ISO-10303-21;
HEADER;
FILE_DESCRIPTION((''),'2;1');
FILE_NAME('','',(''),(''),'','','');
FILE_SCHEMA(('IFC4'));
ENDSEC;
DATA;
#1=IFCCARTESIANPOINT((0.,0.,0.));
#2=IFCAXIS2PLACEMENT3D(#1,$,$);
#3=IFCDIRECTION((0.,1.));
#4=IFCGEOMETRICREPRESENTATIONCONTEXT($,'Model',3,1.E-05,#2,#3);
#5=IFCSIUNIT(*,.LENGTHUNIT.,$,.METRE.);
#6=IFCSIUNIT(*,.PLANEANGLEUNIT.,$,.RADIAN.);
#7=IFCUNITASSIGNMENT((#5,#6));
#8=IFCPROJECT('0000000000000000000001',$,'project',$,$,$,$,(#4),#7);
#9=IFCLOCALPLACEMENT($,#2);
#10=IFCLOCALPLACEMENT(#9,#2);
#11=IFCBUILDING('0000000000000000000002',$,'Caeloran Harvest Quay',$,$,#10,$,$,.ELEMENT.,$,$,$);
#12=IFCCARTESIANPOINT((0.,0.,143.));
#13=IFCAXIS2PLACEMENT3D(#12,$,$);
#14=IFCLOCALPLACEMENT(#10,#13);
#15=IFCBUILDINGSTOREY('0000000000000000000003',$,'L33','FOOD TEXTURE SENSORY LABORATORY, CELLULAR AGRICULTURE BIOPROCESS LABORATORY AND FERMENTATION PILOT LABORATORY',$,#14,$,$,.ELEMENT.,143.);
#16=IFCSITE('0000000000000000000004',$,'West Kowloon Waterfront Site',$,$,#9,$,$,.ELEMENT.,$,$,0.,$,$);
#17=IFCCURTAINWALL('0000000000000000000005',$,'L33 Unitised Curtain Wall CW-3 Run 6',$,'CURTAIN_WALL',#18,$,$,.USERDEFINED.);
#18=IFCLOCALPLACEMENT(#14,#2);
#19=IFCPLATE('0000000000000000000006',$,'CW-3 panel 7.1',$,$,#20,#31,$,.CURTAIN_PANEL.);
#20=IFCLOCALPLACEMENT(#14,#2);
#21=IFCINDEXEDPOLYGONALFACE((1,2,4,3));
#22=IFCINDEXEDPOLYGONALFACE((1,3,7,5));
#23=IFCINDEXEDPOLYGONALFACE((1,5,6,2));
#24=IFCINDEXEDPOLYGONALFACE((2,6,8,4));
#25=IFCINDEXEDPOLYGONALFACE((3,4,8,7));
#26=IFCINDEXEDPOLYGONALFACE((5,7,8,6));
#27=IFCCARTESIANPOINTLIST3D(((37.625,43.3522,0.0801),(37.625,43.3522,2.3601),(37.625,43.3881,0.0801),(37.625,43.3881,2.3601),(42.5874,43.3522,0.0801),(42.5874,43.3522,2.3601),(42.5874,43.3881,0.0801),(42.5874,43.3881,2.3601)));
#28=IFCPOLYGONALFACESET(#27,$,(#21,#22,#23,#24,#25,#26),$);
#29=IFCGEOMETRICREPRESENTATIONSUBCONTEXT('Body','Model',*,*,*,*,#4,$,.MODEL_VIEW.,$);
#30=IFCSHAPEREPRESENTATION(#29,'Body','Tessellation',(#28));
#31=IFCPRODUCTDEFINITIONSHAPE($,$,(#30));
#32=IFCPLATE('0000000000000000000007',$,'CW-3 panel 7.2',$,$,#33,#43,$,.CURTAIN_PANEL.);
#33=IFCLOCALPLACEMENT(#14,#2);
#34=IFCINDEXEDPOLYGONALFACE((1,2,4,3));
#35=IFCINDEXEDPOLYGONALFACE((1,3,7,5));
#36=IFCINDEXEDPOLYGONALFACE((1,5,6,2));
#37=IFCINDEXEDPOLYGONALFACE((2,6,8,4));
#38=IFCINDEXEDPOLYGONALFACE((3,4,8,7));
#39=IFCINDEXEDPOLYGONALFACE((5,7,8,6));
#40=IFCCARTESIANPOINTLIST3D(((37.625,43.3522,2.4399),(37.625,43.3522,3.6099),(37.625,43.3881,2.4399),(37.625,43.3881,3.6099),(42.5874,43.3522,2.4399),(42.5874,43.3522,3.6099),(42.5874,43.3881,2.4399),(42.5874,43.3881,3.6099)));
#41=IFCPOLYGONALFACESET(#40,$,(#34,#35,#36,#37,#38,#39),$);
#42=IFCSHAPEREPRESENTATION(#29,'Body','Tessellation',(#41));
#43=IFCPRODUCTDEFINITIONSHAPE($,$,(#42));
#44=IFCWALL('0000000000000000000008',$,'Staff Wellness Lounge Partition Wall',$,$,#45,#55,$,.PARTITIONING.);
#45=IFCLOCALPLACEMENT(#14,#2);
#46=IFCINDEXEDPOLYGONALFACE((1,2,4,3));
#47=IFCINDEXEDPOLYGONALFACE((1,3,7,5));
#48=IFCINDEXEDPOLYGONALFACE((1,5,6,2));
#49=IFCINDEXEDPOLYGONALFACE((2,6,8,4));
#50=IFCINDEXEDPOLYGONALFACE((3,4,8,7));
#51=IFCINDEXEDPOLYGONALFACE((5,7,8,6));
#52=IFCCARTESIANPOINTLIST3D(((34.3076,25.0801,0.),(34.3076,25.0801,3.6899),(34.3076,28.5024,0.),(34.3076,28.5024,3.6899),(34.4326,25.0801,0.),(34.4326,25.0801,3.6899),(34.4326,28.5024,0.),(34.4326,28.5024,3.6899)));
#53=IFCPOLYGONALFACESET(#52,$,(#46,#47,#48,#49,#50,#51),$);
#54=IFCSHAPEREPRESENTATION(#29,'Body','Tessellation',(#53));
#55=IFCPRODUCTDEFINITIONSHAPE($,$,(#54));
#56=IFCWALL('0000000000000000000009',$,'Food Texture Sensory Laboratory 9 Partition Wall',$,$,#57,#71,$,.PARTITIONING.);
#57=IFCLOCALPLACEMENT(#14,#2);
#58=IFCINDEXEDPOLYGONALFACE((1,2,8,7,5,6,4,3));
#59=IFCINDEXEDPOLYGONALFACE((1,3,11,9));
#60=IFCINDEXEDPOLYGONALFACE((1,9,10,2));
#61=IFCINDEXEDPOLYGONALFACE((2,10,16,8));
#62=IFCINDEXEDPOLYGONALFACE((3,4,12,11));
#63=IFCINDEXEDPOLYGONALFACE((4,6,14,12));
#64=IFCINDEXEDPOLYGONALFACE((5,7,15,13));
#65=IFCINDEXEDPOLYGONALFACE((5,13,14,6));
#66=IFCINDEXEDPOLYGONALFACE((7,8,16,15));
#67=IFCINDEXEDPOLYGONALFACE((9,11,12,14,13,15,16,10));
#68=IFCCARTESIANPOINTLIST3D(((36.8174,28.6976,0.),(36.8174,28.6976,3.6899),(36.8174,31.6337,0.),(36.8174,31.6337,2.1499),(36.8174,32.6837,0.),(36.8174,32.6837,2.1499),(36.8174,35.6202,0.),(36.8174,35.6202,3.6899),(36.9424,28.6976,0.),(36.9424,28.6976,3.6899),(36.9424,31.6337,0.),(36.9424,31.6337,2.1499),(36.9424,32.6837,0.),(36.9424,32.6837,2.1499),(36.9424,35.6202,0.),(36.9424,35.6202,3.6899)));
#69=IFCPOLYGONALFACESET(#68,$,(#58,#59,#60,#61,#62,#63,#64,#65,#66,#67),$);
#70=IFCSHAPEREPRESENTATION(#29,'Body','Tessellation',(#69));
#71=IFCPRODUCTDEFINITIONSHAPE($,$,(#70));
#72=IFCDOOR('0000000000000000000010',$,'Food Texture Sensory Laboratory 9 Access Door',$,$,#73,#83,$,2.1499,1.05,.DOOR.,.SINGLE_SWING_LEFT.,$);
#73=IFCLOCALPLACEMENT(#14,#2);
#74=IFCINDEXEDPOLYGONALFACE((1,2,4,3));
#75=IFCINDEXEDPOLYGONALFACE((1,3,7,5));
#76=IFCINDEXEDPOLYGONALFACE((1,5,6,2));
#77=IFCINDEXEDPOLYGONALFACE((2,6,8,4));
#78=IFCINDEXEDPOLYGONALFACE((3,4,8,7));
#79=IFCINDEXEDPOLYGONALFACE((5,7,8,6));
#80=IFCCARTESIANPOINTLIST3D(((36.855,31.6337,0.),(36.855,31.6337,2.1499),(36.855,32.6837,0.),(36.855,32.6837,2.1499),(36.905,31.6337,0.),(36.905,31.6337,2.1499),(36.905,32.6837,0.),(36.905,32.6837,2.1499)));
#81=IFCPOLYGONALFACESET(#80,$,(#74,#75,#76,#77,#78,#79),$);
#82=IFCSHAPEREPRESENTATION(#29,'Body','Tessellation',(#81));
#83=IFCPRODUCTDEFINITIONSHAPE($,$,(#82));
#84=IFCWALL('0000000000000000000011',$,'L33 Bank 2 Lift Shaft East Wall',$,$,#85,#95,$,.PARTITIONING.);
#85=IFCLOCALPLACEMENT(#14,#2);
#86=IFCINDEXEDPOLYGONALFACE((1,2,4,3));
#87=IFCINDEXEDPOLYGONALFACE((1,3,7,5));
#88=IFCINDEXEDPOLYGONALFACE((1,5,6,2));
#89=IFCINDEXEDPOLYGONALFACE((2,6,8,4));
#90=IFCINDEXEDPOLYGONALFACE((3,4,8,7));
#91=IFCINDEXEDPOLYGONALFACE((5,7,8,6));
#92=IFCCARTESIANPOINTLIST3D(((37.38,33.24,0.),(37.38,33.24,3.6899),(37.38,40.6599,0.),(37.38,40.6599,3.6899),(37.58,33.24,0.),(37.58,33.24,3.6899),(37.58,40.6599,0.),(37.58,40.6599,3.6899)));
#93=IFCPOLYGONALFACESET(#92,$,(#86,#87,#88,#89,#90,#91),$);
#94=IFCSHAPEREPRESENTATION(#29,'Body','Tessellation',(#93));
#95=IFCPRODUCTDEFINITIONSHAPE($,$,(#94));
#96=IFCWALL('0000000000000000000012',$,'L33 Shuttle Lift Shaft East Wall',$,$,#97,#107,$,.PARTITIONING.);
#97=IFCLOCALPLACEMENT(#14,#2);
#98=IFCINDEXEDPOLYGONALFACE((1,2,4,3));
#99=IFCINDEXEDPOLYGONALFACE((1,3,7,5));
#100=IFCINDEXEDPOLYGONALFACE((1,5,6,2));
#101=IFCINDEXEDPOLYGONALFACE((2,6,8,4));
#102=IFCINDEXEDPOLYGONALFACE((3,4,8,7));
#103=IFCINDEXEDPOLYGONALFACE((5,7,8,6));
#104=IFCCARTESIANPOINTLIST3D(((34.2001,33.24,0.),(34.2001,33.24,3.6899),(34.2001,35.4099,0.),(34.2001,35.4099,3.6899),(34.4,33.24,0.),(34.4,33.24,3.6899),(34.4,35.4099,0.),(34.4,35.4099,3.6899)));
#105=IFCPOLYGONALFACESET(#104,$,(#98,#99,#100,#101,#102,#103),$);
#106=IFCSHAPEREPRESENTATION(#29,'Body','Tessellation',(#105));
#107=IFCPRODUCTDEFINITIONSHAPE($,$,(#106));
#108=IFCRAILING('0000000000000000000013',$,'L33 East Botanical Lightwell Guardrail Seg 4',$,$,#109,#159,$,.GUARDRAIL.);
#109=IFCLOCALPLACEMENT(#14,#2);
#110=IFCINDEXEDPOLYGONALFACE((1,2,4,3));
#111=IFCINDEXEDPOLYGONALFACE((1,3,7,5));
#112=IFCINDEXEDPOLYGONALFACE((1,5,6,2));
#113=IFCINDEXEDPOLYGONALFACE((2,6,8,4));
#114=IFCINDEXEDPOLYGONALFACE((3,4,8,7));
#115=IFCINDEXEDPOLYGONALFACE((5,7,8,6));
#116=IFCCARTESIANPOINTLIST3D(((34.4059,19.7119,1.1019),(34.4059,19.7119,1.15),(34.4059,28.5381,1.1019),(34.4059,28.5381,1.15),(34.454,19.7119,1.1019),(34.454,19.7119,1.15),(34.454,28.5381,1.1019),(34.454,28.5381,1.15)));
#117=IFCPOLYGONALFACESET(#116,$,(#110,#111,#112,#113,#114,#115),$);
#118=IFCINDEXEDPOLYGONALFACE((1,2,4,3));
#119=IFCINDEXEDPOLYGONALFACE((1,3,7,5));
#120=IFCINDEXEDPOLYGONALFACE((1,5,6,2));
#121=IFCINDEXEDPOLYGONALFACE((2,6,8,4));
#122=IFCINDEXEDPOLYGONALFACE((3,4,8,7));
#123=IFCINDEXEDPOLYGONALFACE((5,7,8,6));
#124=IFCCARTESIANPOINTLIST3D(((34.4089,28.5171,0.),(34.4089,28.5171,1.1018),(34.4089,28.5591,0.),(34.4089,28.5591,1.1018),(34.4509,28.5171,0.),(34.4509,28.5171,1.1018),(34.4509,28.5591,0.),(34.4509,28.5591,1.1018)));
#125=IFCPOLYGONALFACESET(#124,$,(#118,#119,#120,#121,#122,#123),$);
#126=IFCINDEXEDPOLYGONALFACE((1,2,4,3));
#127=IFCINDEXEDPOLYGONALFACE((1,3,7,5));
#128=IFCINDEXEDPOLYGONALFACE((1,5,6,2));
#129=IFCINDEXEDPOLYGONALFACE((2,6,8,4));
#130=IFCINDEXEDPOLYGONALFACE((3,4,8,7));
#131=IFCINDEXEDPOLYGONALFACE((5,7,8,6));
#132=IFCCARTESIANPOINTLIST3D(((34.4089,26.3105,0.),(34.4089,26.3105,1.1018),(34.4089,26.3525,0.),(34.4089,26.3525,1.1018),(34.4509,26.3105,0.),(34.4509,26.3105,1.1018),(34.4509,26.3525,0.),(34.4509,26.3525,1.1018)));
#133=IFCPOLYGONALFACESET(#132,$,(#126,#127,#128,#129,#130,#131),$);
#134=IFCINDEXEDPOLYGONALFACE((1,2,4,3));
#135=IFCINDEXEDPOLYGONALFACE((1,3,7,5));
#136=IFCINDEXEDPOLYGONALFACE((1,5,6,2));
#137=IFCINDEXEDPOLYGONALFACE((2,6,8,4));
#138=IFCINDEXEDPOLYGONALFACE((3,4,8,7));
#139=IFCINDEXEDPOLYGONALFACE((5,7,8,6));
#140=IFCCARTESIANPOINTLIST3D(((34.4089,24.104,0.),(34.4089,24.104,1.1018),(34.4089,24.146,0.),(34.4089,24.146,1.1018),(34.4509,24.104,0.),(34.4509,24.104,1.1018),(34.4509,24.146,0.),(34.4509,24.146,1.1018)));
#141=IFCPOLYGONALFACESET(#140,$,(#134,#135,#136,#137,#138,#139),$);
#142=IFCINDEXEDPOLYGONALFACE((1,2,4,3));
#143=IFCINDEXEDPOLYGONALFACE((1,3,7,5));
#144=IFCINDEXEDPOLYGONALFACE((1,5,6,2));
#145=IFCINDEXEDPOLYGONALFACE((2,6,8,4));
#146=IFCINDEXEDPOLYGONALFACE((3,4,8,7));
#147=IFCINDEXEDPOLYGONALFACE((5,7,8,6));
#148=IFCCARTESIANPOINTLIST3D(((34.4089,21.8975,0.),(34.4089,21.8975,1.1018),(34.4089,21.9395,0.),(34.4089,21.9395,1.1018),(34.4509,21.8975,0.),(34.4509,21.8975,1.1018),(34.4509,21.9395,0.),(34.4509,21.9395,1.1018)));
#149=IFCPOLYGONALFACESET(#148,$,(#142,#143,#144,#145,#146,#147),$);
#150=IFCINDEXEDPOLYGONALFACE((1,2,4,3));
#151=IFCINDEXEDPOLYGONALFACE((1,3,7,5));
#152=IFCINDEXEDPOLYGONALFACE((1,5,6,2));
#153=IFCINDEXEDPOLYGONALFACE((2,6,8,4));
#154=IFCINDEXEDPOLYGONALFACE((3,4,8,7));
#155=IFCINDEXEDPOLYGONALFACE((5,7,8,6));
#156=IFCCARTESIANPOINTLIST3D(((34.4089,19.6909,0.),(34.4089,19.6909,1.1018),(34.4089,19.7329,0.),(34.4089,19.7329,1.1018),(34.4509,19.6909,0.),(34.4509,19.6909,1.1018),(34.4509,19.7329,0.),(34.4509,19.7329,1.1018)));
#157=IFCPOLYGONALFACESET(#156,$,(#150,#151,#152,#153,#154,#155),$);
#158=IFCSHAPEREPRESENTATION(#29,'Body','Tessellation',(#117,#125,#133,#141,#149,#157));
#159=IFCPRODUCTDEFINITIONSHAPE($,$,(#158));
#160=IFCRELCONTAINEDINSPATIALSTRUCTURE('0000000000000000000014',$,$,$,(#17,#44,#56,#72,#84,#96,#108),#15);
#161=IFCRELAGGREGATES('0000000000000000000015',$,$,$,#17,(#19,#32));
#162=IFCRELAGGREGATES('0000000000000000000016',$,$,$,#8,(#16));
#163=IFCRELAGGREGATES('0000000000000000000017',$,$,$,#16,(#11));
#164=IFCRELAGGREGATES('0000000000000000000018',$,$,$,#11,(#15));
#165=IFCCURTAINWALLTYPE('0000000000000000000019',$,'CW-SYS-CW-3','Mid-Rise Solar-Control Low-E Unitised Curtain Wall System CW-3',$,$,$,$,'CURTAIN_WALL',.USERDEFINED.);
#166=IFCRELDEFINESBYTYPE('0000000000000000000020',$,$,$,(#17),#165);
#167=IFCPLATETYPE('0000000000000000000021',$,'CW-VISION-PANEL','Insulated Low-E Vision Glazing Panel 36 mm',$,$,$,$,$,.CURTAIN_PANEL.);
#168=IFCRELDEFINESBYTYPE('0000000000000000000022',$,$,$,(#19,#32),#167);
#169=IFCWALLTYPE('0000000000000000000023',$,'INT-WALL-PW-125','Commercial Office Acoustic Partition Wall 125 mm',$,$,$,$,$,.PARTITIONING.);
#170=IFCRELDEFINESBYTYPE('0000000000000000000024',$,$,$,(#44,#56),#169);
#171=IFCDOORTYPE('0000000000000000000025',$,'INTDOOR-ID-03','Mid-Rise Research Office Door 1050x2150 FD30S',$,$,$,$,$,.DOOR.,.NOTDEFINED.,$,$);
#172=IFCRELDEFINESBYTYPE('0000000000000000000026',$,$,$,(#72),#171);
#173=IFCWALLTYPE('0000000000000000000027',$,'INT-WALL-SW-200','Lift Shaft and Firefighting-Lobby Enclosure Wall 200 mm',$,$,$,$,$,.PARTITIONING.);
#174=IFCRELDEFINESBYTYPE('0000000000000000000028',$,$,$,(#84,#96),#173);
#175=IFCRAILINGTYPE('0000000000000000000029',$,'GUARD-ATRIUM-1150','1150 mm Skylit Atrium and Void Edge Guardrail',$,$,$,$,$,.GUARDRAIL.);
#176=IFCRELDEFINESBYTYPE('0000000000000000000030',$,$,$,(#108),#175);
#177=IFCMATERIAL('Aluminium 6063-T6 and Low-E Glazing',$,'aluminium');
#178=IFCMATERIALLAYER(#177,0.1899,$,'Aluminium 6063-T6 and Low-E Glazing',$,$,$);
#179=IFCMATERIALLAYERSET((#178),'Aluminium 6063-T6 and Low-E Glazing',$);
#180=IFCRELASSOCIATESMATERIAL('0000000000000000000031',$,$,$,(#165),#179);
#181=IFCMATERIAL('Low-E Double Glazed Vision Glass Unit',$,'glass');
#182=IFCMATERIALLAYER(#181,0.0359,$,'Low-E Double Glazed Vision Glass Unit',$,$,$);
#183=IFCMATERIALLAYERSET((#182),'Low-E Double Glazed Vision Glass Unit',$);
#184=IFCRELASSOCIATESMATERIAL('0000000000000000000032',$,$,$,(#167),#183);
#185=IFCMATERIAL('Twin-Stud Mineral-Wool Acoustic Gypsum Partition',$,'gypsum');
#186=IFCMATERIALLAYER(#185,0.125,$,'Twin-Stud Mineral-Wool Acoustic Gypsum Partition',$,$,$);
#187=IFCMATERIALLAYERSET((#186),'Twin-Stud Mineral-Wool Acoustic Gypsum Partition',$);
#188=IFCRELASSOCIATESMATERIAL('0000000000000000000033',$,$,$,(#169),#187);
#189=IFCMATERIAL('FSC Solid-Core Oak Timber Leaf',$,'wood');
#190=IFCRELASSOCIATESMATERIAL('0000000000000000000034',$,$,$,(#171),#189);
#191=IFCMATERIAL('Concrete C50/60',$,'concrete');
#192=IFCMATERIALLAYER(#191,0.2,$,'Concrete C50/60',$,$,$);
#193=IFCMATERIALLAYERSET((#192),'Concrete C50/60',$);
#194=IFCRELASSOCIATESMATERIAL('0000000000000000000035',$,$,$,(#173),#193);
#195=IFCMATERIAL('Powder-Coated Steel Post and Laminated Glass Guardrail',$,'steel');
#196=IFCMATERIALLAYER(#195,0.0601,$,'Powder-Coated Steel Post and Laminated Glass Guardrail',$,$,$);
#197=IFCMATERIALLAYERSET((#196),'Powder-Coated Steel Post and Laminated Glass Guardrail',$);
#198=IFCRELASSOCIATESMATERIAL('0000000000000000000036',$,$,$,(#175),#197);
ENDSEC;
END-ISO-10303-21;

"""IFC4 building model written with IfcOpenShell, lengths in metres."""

from ifc_helpers import new_model, si_unit, direction, frame, frame_2d, origin, origin_2d, place, context, subcontext, project, spatial, rectangle, extrude, material, layer, layer_set, type_object, element, fill, aggregate, save


model = new_model("IFC4")

# Units and contexts
model_context = context("Model", 3, precision=1e-05, world=origin(), true_north=direction((0.0, 1.0)))
body_context = subcontext(model_context, "Body", "Model", "MODEL_VIEW")
ifc_project = project(units=[si_unit("LENGTHUNIT", "METRE"), si_unit("PLANEANGLEUNIT", "RADIAN")], contexts=[model_context])

# Site, building, storey
site_placement = place(None, origin())
site = spatial("IfcSite", under=ifc_project, at=site_placement, Name="West Kowloon Waterfront Site", CompositionType="ELEMENT", RefElevation=0.0)
building_placement = place(site_placement, origin())
building = spatial("IfcBuilding", under=site, at=building_placement, Name="Caeloran Harvest Quay", CompositionType="ELEMENT")
storey_placement = place(building_placement, frame((0.0, 0.0, 143.0)))
storey = spatial("IfcBuildingStorey", under=building, at=storey_placement, Name="L33", Description="FOOD TEXTURE SENSORY LABORATORY, CELLULAR AGRICULTURE BIOPROCESS LABORATORY AND FERMENTATION PILOT LABORATORY", CompositionType="ELEMENT", Elevation=143.0)

# Curtain wall, plates
ifc_material_1 = material(Name="Aluminium 6063-T6 and Low-E Glazing", Category="aluminium")
ifc_layer_1 = layer(ifc_material_1, 0.1899, Name="Aluminium 6063-T6 and Low-E Glazing")
ifc_layer_set_1 = layer_set([ifc_layer_1], Name="Aluminium 6063-T6 and Low-E Glazing")
curtain_wall_type = type_object("IfcCurtainWallType", Name="CW-SYS-CW-3", Description="Mid-Rise Solar-Control Low-E Unitised Curtain Wall System CW-3", ElementType="CURTAIN_WALL", PredefinedType="USERDEFINED", material=ifc_layer_set_1)
curtain_wall_placement = place(storey_placement, origin())
curtain_wall = element("IfcCurtainWall", 1, at=curtain_wall_placement, inside=storey, type_object=curtain_wall_type, Name="L33 Unitised Curtain Wall CW-3 Run 6", ObjectType="CURTAIN_WALL", PredefinedType="USERDEFINED")
ifc_material_2 = material(Name="Low-E Double Glazed Vision Glass Unit", Category="glass")
ifc_layer_2 = layer(ifc_material_2, 0.0359, Name="Low-E Double Glazed Vision Glass Unit")
ifc_layer_set_2 = layer_set([ifc_layer_2], Name="Low-E Double Glazed Vision Glass Unit")
plate_type = type_object("IfcPlateType", Name="CW-VISION-PANEL", Description="Insulated Low-E Vision Glazing Panel 36 mm", PredefinedType="CURTAIN_PANEL", material=ifc_layer_set_2)
plate_1_placement = place(storey_placement, frame((40.1062, 43.3701, 0.0801), z_axis=(0.0, 0.0, 1.0), x_axis=(1.0, 0.0, 0.0)))
plate_1 = element("IfcPlate", 2, at=plate_1_placement, type_object=plate_type, Name="CW-3 panel 7.1", PredefinedType="CURTAIN_PANEL", context=body_context, shape_type="SweptSolid", body=[
    extrude(rectangle(XDim=4.9624, YDim=0.0359, at=origin_2d()), origin(), (0.0, 0.0, 1.0), 2.28),
])
plate_2_placement = place(storey_placement, frame((40.1062, 43.3701, 2.4399), z_axis=(0.0, 0.0, 1.0), x_axis=(1.0, 0.0, 0.0)))
plate_2 = element("IfcPlate", 3, at=plate_2_placement, type_object=plate_type, Name="CW-3 panel 7.2", PredefinedType="CURTAIN_PANEL", context=body_context, shape_type="SweptSolid", body=[
    extrude(rectangle(XDim=4.9624, YDim=0.0359, at=origin_2d()), origin(), (0.0, 0.0, 1.0), 1.1699),
])
aggregate(curtain_wall, [plate_1, plate_2])

# Wall
ifc_material_3 = material(Name="Twin-Stud Mineral-Wool Acoustic Gypsum Partition", Category="gypsum")
ifc_layer_3 = layer(ifc_material_3, 0.125, Name="Twin-Stud Mineral-Wool Acoustic Gypsum Partition")
ifc_layer_set_3 = layer_set([ifc_layer_3], Name="Twin-Stud Mineral-Wool Acoustic Gypsum Partition")
wall_type_1 = type_object("IfcWallType", Name="INT-WALL-PW-125", Description="Commercial Office Acoustic Partition Wall 125 mm", PredefinedType="PARTITIONING", material=ifc_layer_set_3)
wall_1_placement = place(storey_placement, frame((34.3701, 28.5024, 0.0), z_axis=(0.0, 0.0, 1.0), x_axis=(0.0, -1.0, 0.0)))
element("IfcWall", 4, at=wall_1_placement, inside=storey, type_object=wall_type_1, Name="Staff Wellness Lounge Partition Wall", PredefinedType="PARTITIONING", context=body_context, shape_type="SweptSolid", body=[
    extrude(rectangle(XDim=3.4224, YDim=0.125, at=frame_2d((1.7112, 0.0))), origin(), (0.0, 0.0, 1.0), 3.6899),
])

# Wall, opening, door
wall_2_placement = place(storey_placement, frame((36.8799, 28.6975, 0.0), z_axis=(0.0, 0.0, 1.0), x_axis=(0.0, 1.0, 0.0)))
wall_2 = element("IfcWall", 5, at=wall_2_placement, inside=storey, type_object=wall_type_1, Name="Food Texture Sensory Laboratory 9 Partition Wall", PredefinedType="PARTITIONING", context=body_context, shape_type="SweptSolid", body=[
    extrude(rectangle(XDim=6.9226, YDim=0.125, at=frame_2d((3.4614, 0.0))), origin(), (0.0, 0.0, 1.0), 3.6899),
])
opening_placement = place(wall_2_placement, frame((2.9363, 0.0, 0.0)))
opening = element("IfcOpeningElement", 6, at=opening_placement, cuts=wall_2, PredefinedType="OPENING", context=body_context, shape_type="SweptSolid", body=[
    extrude(rectangle(XDim=1.05, YDim=2.1499, at=frame_2d((0.5249, 1.075))), frame((0.0, 0.0725, 0.0), z_axis=(0.0, -1.0, 0.0), x_axis=(1.0, 0.0, 0.0)), (0.0, 0.0, 1.0), 0.145),
])
ifc_material_4 = material(Name="FSC Solid-Core Oak Timber Leaf", Category="wood")
door_type = type_object("IfcDoorType", Name="INTDOOR-ID-03", Description="Mid-Rise Research Office Door 1050x2150 FD30S", OperationType="NOTDEFINED", PredefinedType="DOOR", material=ifc_material_4)
door_placement = place(opening_placement, origin())
door = element("IfcDoor", 7, at=door_placement, inside=storey, type_object=door_type, Name="Food Texture Sensory Laboratory 9 Access Door", OperationType="SINGLE_SWING_LEFT", OverallHeight=2.1499, OverallWidth=1.05, PredefinedType="DOOR", context=body_context, shape_type="SweptSolid", body=[
    extrude(rectangle(XDim=1.05, YDim=2.1499, at=frame_2d((0.5249, 1.075))), frame((0.0, 0.0249, 0.0), z_axis=(0.0, -1.0, 0.0), x_axis=(1.0, 0.0, 0.0)), (0.0, 0.0, 1.0), 0.05),
])
fill(opening, door)

# Walls
ifc_material_5 = material(Name="Concrete C50/60", Category="concrete")
ifc_layer_4 = layer(ifc_material_5, 0.2, Name="Concrete C50/60")
ifc_layer_set_4 = layer_set([ifc_layer_4], Name="Concrete C50/60")
wall_type_2 = type_object("IfcWallType", Name="INT-WALL-SW-200", Description="Lift Shaft and Firefighting-Lobby Enclosure Wall 200 mm", PredefinedType="PARTITIONING", material=ifc_layer_set_4)
wall_3_placement = place(storey_placement, frame((37.48, 33.24, 0.0), z_axis=(0.0, 0.0, 1.0), x_axis=(0.0, 1.0, 0.0)))
element("IfcWall", 8, at=wall_3_placement, inside=storey, type_object=wall_type_2, Name="L33 Bank 2 Lift Shaft East Wall", PredefinedType="PARTITIONING", context=body_context, shape_type="SweptSolid", body=[
    extrude(rectangle(XDim=7.4199, YDim=0.2, at=frame_2d((3.71, 0.0))), origin(), (0.0, 0.0, 1.0), 3.6899),
])
wall_4_placement = place(storey_placement, frame((34.3, 33.24, 0.0), z_axis=(0.0, 0.0, 1.0), x_axis=(0.0, 1.0, 0.0)))
element("IfcWall", 9, at=wall_4_placement, inside=storey, type_object=wall_type_2, Name="L33 Shuttle Lift Shaft East Wall", PredefinedType="PARTITIONING", context=body_context, shape_type="SweptSolid", body=[
    extrude(rectangle(XDim=2.1699, YDim=0.2, at=frame_2d((1.085, 0.0))), origin(), (0.0, 0.0, 1.0), 3.6899),
])

# Railing
ifc_material_6 = material(Name="Powder-Coated Steel Post and Laminated Glass Guardrail", Category="steel")
ifc_layer_5 = layer(ifc_material_6, 0.0601, Name="Powder-Coated Steel Post and Laminated Glass Guardrail")
ifc_layer_set_5 = layer_set([ifc_layer_5], Name="Powder-Coated Steel Post and Laminated Glass Guardrail")
railing_type = type_object("IfcRailingType", Name="GUARD-ATRIUM-1150", Description="1150 mm Skylit Atrium and Void Edge Guardrail", PredefinedType="GUARDRAIL", material=ifc_layer_set_5)
railing_placement = place(storey_placement, frame((34.4299, 28.5381, 0.0)))
element("IfcRailing", 10, at=railing_placement, inside=storey, type_object=railing_type, Name="L33 East Botanical Lightwell Guardrail Seg 4", PredefinedType="GUARDRAIL", context=body_context, shape_type="SweptSolid", body=[
    extrude(rectangle(XDim=0.0481, YDim=0.0481, at=origin_2d()), frame((0.0, 0.0, 1.126), z_axis=(0.0, -1.0, 0.0), x_axis=(1.0, 0.0, 0.0)), (0.0, 0.0, 1.0), 8.8262),
    extrude(rectangle(XDim=0.042, YDim=0.042, at=origin_2d()), origin(), (0.0, 0.0, 1.0), 1.1018),
    extrude(rectangle(XDim=0.042, YDim=0.042, at=origin_2d()), frame((0.0, -2.2065, 0.0)), (0.0, 0.0, 1.0), 1.1018),
    extrude(rectangle(XDim=0.042, YDim=0.042, at=origin_2d()), frame((0.0, -4.4131, 0.0)), (0.0, 0.0, 1.0), 1.1018),
    extrude(rectangle(XDim=0.042, YDim=0.042, at=origin_2d()), frame((0.0, -6.6196, 0.0)), (0.0, 0.0, 1.0), 1.1018),
    extrude(rectangle(XDim=0.042, YDim=0.042, at=origin_2d()), frame((0.0, -8.8262, 0.0)), (0.0, 0.0, 1.0), 1.1018),
])

save(model, "model.ifc")
